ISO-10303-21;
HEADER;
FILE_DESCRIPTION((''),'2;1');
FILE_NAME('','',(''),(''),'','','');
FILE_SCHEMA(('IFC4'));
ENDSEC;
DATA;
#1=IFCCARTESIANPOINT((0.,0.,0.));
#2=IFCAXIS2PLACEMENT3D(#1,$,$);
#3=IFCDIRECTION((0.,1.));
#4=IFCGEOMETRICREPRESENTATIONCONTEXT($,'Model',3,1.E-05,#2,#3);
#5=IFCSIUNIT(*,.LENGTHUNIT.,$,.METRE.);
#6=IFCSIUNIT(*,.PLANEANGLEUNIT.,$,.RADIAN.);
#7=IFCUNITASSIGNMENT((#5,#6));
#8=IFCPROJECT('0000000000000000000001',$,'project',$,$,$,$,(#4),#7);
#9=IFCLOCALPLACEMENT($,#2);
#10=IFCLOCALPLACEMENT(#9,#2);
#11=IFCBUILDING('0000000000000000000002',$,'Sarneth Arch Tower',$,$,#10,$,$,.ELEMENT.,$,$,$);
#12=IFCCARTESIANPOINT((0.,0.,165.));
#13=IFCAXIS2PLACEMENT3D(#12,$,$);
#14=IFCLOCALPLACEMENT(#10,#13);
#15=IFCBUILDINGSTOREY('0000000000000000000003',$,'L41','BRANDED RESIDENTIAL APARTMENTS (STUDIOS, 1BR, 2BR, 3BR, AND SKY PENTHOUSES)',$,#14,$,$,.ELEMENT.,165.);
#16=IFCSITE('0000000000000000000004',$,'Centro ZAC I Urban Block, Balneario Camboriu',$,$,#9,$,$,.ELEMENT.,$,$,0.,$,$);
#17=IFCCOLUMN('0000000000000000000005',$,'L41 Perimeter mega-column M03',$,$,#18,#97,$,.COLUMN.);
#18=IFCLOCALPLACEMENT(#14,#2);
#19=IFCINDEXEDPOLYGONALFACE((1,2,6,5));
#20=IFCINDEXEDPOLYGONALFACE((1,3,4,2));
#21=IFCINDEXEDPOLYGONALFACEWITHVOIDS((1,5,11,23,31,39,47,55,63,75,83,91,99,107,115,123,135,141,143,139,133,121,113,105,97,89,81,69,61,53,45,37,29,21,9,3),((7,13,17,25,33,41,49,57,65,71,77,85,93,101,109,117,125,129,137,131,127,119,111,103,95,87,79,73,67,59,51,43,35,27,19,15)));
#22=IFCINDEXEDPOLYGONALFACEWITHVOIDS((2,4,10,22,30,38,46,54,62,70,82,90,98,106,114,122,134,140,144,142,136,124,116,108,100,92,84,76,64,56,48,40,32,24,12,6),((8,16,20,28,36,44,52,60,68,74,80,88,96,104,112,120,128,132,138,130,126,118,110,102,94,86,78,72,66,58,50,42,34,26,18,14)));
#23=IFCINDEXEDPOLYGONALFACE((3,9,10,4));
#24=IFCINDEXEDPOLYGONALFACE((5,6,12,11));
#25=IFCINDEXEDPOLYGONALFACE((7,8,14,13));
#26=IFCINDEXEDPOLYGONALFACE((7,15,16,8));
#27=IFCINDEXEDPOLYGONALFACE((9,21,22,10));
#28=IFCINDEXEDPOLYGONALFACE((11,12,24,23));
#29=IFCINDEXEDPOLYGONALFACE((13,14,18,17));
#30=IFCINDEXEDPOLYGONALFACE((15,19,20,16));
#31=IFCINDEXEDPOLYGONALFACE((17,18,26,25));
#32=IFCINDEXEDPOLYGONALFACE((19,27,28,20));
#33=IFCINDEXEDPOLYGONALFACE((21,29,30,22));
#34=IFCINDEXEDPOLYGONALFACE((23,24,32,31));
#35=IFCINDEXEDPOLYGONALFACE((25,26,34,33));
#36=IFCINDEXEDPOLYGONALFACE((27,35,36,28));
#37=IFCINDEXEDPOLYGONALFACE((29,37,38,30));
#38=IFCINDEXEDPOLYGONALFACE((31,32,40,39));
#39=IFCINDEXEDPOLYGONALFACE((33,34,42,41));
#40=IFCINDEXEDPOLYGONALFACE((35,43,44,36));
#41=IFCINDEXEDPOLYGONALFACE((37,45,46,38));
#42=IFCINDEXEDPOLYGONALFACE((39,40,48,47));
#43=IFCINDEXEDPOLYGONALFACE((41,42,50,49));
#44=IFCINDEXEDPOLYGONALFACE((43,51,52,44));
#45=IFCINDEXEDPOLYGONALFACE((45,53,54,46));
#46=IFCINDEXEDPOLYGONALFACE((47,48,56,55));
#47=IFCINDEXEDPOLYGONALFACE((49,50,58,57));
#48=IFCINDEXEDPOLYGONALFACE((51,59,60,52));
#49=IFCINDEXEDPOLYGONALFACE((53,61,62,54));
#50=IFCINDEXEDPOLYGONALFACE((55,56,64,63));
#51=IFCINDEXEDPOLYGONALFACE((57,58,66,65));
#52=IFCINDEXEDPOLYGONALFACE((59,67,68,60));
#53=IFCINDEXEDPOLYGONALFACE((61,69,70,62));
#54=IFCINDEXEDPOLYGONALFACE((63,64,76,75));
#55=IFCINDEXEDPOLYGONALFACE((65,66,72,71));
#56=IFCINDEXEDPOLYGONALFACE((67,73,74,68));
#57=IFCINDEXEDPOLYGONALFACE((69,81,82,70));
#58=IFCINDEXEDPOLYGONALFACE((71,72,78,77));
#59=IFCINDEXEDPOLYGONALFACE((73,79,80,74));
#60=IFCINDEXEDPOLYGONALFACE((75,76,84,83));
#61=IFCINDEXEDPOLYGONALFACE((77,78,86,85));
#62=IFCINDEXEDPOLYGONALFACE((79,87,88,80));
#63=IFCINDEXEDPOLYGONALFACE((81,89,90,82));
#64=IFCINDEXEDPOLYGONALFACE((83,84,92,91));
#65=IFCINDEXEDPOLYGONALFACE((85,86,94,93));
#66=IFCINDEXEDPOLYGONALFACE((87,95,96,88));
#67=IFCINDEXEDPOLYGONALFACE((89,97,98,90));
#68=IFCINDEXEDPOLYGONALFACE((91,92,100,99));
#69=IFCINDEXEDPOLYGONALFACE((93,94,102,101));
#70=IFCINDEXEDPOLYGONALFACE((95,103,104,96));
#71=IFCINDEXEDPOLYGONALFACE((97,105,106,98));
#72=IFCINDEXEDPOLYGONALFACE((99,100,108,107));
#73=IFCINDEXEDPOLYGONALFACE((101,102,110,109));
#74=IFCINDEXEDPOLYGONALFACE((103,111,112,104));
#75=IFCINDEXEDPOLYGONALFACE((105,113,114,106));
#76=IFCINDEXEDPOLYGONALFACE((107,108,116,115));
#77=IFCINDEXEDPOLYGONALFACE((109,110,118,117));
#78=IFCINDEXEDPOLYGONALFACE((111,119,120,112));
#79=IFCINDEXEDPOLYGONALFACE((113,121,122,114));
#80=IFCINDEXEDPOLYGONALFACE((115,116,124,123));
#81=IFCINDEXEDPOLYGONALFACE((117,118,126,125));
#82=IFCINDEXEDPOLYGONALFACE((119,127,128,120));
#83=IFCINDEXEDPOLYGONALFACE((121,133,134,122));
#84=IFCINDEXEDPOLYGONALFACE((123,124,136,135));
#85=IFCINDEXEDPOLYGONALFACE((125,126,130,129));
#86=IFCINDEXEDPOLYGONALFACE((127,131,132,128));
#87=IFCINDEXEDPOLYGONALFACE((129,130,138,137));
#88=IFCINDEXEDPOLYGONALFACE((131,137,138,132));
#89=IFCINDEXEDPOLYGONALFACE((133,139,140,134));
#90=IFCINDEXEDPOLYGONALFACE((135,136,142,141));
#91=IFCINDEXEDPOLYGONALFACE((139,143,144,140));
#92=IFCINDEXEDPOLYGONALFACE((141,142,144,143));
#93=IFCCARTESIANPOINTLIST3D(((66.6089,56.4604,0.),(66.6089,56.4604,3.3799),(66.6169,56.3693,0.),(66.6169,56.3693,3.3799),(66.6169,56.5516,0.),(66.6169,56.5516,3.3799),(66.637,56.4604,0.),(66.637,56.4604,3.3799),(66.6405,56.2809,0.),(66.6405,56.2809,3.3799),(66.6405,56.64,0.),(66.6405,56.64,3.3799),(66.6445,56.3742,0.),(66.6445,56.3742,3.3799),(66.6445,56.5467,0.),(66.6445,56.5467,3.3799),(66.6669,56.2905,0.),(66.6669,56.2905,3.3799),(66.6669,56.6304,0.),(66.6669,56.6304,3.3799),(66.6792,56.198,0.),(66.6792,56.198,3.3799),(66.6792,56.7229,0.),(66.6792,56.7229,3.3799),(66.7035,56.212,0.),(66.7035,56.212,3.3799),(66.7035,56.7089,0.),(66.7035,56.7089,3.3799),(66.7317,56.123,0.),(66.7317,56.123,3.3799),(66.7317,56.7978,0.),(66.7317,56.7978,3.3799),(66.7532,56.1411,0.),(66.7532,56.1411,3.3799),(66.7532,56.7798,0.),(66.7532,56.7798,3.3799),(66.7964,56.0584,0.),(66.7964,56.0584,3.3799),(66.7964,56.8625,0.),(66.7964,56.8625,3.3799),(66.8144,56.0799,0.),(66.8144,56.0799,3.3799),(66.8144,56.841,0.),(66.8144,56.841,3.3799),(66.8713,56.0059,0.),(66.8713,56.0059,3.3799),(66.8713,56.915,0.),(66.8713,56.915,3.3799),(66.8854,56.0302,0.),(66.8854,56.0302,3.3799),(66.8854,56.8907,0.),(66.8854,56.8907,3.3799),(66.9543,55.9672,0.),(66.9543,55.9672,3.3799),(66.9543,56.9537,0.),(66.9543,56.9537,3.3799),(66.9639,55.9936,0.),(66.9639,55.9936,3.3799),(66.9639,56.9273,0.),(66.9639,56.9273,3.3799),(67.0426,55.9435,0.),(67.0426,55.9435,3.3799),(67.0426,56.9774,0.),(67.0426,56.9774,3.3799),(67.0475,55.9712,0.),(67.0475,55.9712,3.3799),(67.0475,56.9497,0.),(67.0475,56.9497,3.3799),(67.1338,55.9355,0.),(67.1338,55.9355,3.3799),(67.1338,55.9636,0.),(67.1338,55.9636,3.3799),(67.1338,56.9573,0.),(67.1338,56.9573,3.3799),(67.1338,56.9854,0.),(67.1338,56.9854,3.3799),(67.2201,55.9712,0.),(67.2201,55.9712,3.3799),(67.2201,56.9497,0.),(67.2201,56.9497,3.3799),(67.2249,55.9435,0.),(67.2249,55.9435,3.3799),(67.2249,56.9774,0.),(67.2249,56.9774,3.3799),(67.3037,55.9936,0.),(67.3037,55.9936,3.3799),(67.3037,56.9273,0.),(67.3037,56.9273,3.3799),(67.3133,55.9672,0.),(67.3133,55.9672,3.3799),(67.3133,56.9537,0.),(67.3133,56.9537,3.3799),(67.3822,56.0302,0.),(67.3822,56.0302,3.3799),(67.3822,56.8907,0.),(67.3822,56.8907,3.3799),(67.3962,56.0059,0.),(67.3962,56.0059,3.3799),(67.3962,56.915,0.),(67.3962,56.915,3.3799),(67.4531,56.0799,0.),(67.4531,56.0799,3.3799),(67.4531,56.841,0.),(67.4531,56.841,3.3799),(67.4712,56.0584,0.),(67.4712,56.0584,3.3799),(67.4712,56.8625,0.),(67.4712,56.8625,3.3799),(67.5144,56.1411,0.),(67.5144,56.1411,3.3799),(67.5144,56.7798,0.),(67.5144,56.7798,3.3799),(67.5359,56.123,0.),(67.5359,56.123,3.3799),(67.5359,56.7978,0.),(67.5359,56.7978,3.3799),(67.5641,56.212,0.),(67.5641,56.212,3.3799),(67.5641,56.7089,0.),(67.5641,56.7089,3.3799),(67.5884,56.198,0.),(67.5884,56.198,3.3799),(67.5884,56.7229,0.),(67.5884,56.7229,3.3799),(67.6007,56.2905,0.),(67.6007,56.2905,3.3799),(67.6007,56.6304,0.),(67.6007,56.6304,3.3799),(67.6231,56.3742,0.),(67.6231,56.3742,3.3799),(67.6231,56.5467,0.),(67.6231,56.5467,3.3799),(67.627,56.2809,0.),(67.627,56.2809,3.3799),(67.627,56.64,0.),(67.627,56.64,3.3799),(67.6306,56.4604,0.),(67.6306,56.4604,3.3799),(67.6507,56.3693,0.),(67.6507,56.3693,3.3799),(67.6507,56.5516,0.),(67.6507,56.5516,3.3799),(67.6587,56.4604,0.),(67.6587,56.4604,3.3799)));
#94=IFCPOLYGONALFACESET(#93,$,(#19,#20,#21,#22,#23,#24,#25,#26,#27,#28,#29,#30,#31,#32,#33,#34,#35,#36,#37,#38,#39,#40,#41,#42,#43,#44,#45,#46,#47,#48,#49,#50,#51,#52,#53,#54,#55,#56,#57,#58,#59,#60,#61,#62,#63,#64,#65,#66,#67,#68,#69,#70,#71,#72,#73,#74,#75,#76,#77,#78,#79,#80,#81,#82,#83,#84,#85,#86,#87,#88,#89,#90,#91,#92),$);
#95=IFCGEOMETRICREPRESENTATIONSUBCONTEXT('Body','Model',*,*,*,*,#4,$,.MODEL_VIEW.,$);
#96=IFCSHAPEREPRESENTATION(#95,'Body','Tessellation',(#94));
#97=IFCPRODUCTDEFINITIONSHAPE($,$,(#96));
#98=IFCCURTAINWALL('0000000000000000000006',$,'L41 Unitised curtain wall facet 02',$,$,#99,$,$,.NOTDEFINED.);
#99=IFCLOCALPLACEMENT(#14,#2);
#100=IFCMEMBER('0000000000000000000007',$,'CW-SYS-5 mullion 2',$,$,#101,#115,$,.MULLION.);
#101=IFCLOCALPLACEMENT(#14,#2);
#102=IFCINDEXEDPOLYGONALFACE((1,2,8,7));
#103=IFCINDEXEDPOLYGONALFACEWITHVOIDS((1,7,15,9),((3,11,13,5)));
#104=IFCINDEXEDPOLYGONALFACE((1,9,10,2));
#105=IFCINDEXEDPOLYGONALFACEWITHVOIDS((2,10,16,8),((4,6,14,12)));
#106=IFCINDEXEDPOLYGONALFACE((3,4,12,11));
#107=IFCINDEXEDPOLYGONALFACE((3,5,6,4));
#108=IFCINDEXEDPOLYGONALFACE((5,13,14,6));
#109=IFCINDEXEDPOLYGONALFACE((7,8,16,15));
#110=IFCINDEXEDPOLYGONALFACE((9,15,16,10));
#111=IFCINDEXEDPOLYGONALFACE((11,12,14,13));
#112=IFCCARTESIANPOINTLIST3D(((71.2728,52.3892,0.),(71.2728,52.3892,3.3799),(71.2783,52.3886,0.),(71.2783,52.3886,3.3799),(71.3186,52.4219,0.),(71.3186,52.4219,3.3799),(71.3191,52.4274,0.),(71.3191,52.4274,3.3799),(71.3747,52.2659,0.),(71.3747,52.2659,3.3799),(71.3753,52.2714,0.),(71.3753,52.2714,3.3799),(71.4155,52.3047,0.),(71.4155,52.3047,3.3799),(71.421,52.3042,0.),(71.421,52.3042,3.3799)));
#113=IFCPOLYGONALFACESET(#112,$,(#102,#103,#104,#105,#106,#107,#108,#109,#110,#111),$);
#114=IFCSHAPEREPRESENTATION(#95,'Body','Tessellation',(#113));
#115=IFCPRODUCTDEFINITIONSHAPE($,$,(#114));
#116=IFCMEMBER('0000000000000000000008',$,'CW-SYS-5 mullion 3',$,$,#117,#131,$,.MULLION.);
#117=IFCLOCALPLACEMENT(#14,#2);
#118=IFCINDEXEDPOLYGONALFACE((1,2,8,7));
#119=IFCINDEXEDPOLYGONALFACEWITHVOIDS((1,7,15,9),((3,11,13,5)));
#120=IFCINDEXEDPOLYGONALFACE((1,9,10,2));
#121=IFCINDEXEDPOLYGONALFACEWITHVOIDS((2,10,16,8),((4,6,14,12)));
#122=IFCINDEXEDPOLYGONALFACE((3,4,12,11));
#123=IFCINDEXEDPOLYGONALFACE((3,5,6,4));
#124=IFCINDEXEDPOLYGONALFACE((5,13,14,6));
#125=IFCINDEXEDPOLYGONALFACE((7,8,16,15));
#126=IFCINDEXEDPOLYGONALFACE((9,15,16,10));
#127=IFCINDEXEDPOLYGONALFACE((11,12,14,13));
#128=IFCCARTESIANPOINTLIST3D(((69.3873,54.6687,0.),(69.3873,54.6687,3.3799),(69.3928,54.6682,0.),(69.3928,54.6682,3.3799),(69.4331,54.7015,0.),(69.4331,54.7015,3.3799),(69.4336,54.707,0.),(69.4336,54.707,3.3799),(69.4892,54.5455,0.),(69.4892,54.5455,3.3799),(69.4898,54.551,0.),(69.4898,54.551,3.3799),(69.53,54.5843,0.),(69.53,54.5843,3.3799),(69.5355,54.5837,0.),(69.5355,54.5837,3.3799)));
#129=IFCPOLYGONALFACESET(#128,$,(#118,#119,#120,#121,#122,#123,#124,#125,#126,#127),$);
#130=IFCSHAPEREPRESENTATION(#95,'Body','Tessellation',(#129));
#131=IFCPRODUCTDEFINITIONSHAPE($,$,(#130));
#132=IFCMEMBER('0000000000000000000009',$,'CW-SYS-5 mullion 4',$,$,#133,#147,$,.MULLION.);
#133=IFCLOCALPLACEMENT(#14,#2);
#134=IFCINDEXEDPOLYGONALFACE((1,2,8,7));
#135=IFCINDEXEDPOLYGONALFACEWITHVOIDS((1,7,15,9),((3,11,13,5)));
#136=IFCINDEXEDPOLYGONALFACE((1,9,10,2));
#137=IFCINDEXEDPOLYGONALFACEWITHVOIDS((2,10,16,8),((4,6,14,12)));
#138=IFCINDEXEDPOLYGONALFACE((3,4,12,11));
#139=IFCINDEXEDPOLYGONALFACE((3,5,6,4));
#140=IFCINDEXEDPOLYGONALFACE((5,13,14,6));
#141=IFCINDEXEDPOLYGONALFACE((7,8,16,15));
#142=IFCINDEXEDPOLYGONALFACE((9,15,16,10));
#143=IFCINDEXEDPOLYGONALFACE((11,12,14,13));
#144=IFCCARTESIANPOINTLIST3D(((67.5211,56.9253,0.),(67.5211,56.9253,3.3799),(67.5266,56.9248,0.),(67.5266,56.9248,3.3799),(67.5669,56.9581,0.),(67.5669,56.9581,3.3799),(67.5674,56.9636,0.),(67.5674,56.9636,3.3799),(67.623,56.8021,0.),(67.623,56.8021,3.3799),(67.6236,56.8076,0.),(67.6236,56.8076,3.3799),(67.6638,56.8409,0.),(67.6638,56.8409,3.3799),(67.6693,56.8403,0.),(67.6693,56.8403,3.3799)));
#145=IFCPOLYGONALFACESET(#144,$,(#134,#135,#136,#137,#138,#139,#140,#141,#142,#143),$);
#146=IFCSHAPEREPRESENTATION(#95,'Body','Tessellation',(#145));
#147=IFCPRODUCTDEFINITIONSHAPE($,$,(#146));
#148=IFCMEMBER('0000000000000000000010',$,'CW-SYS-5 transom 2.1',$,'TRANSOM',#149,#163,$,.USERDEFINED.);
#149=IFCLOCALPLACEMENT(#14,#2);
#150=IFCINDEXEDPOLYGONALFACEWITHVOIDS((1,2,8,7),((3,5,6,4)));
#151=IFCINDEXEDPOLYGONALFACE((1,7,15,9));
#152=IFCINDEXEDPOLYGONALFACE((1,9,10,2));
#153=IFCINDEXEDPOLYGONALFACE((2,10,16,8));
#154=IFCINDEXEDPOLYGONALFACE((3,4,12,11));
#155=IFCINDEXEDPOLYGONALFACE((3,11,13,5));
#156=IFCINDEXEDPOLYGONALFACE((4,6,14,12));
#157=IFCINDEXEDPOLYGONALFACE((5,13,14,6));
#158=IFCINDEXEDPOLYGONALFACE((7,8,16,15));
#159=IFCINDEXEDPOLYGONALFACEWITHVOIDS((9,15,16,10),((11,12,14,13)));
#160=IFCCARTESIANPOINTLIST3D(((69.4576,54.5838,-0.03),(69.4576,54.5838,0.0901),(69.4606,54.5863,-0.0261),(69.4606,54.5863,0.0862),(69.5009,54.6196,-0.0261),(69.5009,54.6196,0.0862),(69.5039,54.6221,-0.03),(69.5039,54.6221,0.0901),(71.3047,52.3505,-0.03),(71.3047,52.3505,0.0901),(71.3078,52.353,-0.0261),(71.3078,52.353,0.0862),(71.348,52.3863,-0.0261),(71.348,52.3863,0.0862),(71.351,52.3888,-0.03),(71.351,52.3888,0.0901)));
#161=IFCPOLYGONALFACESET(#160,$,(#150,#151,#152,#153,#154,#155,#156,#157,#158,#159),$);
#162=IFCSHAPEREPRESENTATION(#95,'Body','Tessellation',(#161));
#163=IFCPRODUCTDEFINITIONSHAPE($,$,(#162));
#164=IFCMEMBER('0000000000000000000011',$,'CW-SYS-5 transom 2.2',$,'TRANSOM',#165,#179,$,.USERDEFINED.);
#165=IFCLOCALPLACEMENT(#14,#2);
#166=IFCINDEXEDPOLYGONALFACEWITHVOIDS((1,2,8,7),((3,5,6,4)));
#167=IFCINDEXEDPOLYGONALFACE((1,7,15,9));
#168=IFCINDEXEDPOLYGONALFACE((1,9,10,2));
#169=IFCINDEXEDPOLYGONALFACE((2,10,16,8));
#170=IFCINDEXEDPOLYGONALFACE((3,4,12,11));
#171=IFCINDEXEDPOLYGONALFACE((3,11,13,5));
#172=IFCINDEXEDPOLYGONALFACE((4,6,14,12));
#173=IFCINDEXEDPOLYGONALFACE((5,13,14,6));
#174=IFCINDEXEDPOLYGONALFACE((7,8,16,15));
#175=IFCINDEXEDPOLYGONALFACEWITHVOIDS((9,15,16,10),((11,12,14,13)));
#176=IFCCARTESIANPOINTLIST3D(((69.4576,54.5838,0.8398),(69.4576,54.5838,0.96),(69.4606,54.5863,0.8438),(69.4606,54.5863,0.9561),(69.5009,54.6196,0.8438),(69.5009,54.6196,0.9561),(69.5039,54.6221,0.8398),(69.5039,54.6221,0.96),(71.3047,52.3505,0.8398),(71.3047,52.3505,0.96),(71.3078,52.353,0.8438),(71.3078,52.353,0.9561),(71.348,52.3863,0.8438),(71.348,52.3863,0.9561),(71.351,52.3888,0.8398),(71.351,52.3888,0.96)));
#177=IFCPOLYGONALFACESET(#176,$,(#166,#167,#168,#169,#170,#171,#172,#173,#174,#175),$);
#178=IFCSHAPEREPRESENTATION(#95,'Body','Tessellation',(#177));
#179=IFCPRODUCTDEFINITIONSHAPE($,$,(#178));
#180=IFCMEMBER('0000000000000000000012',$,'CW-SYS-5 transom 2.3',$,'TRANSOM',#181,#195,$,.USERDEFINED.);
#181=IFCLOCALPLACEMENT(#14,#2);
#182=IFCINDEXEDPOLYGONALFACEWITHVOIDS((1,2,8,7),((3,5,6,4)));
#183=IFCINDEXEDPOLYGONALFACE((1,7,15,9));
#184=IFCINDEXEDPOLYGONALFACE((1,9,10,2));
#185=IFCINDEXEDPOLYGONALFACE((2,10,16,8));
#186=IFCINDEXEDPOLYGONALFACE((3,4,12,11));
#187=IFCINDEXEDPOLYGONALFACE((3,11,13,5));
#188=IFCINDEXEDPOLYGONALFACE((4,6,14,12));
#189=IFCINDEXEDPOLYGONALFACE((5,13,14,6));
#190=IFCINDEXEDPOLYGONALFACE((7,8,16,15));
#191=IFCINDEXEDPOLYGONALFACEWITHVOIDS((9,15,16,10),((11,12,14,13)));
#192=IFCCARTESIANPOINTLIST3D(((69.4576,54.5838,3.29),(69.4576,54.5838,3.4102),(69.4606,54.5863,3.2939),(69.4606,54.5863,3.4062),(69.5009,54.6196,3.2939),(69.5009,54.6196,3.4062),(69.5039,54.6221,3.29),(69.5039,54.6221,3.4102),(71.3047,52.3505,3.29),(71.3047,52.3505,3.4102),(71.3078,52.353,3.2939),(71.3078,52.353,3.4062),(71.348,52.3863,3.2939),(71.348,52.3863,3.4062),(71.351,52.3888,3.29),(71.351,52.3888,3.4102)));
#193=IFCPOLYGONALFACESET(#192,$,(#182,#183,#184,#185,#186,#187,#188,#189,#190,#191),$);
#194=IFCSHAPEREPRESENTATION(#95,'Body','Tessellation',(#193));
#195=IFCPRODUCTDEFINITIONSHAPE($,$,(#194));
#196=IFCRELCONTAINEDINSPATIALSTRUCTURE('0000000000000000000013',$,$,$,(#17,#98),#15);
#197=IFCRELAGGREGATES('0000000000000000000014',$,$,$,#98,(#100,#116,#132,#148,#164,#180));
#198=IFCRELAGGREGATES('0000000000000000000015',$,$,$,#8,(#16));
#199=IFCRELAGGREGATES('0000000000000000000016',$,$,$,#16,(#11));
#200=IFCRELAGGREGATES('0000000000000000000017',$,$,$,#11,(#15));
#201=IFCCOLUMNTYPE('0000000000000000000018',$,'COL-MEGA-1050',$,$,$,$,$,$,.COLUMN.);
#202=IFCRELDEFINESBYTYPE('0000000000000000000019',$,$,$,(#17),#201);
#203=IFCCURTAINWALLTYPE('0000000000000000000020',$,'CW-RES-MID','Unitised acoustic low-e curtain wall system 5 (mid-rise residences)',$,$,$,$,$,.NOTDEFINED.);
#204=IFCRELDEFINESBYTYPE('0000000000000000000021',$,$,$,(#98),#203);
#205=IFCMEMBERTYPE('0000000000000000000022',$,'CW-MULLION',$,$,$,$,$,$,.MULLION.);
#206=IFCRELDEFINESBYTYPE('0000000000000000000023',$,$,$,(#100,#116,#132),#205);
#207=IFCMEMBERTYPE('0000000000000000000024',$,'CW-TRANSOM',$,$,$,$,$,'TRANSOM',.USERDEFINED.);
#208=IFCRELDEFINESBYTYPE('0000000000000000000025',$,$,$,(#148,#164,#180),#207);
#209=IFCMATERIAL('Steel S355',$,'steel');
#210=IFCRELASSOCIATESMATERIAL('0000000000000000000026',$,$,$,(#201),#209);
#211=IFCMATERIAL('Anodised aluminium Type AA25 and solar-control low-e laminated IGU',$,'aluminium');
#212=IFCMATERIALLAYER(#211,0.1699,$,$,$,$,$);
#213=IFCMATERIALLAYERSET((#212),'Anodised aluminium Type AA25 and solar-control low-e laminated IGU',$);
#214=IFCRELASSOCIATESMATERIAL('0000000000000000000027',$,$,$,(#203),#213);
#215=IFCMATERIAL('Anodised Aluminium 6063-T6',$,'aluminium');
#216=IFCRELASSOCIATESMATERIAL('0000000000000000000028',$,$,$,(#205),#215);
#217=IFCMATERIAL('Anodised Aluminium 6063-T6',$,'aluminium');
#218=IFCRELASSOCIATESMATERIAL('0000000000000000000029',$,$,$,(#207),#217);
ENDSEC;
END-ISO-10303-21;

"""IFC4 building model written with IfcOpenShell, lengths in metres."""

from ifc_helpers import new_model, si_unit, direction, frame, origin, origin_2d, place, context, subcontext, project, spatial, hollow_rectangle, hollow_circle, extrude, material, layer, layer_set, material_profile, profile_set, type_object, element, aggregate, save


model = new_model("IFC4")

# Units and contexts
model_context = context("Model", 3, precision=1e-05, world=origin(), true_north=direction((0.0, 1.0)))
body_context = subcontext(model_context, "Body", "Model", "MODEL_VIEW")
ifc_project = project(units=[si_unit("LENGTHUNIT", "METRE"), si_unit("PLANEANGLEUNIT", "RADIAN")], contexts=[model_context])

# Site, building, storey
site_placement = place(None, origin())
site = spatial("IfcSite", under=ifc_project, at=site_placement, Name="Centro ZAC I Urban Block, Balneario Camboriu", CompositionType="ELEMENT", RefElevation=0.0)
building_placement = place(site_placement, origin())
building = spatial("IfcBuilding", under=site, at=building_placement, Name="Sarneth Arch Tower", CompositionType="ELEMENT")
storey_placement = place(building_placement, frame((0.0, 0.0, 165.0)))
storey = spatial("IfcBuildingStorey", under=building, at=storey_placement, Name="L41", Description="BRANDED RESIDENTIAL APARTMENTS (STUDIOS, 1BR, 2BR, 3BR, AND SKY PENTHOUSES)", CompositionType="ELEMENT", Elevation=165.0)

# Column
ifc_material_1 = material(Name="Steel S355", Category="steel")
ifc_material_profile_1 = material_profile(ifc_material_1, hollow_circle(Radius=0.5249, WallThickness=0.0281, at=origin_2d()), Name="CHS1050x28")
ifc_profile_set_1 = profile_set([ifc_material_profile_1], Name="Steel S355")
column_type = type_object("IfcColumnType", Name="COL-MEGA-1050", PredefinedType="COLUMN", material=ifc_profile_set_1)
column_placement = place(storey_placement, frame((67.1338, 56.4604, 0.0), z_axis=(0.0, 0.0, 1.0), x_axis=(1.0, 0.0, 0.0)))
element("IfcColumn", 1, at=column_placement, inside=storey, type_object=column_type, Name="L41 Perimeter mega-column M03", PredefinedType="COLUMN", context=body_context, shape_type="SweptSolid", body=[
    extrude(hollow_circle(Radius=0.5249, WallThickness=0.0281, at=origin_2d()), origin(), (0.0, 0.0, 1.0), 3.3799),
])

# Curtain wall, members
ifc_material_2 = material(Name="Anodised aluminium Type AA25 and solar-control low-e laminated IGU", Category="aluminium")
ifc_layer_1 = layer(ifc_material_2, 0.1699)
ifc_layer_set_1 = layer_set([ifc_layer_1], Name="Anodised aluminium Type AA25 and solar-control low-e laminated IGU")
curtain_wall_type = type_object("IfcCurtainWallType", Name="CW-RES-MID", Description="Unitised acoustic low-e curtain wall system 5 (mid-rise residences)", PredefinedType="NOTDEFINED", material=ifc_layer_set_1)
curtain_wall_placement = place(storey_placement, origin())
curtain_wall = element("IfcCurtainWall", 2, at=curtain_wall_placement, inside=storey, type_object=curtain_wall_type, Name="L41 Unitised curtain wall facet 02", PredefinedType="NOTDEFINED")
ifc_material_3 = material(Name="Anodised Aluminium 6063-T6", Category="aluminium")
ifc_material_profile_2 = material_profile(ifc_material_3, hollow_rectangle(XDim=0.0601, YDim=0.1599, WallThickness=0.0039, at=origin_2d()), Name="AL-MULL-160x60x4")
ifc_profile_set_2 = profile_set([ifc_material_profile_2], Name="Anodised Aluminium 6063-T6")
member_type_1 = type_object("IfcMemberType", Name="CW-MULLION", PredefinedType="MULLION", material=ifc_profile_set_2)
member_1_placement = place(storey_placement, frame((71.3469, 52.3467, 0.0), z_axis=(0.0, 0.0, 1.0), x_axis=(-0.770591, -0.63733, 0.0)))
member_1 = element("IfcMember", 3, at=member_1_placement, type_object=member_type_1, Name="CW-SYS-5 mullion 2", PredefinedType="MULLION", context=body_context, shape_type="SweptSolid", body=[
    extrude(hollow_rectangle(XDim=0.0601, YDim=0.1599, WallThickness=0.0039, at=origin_2d()), origin(), (0.0, 0.0, 1.0), 3.3799),
])
member_2_placement = place(storey_placement, frame((69.4614, 54.6262, 0.0), z_axis=(0.0, 0.0, 1.0), x_axis=(-0.770591, -0.63733, 0.0)))
member_2 = element("IfcMember", 4, at=member_2_placement, type_object=member_type_1, Name="CW-SYS-5 mullion 3", PredefinedType="MULLION", context=body_context, shape_type="SweptSolid", body=[
    extrude(hollow_rectangle(XDim=0.0601, YDim=0.1599, WallThickness=0.0039, at=origin_2d()), origin(), (0.0, 0.0, 1.0), 3.3799),
])
member_3_placement = place(storey_placement, frame((67.5952, 56.8828, 0.0), z_axis=(0.0, 0.0, 1.0), x_axis=(-0.770591, -0.63733, 0.0)))
member_3 = element("IfcMember", 5, at=member_3_placement, type_object=member_type_1, Name="CW-SYS-5 mullion 4", PredefinedType="MULLION", context=body_context, shape_type="SweptSolid", body=[
    extrude(hollow_rectangle(XDim=0.0601, YDim=0.1599, WallThickness=0.0039, at=origin_2d()), origin(), (0.0, 0.0, 1.0), 3.3799),
])
ifc_material_4 = material(Name="Anodised Aluminium 6063-T6", Category="aluminium")
ifc_material_profile_3 = material_profile(ifc_material_4, hollow_rectangle(XDim=0.0601, YDim=0.1201, WallThickness=0.0039, at=origin_2d()), Name="AL-TRAN-120x60x4")
ifc_profile_set_3 = profile_set([ifc_material_profile_3], Name="Anodised Aluminium 6063-T6")
member_type_2 = type_object("IfcMemberType", Name="CW-TRANSOM", ElementType="TRANSOM", PredefinedType="USERDEFINED", material=ifc_profile_set_3)
member_4_placement = place(storey_placement, frame((71.3279, 52.3696, 0.03), z_axis=(-0.63733, 0.770591, 0.0), x_axis=(-0.770591, -0.63733, 0.0)))
member_4 = element("IfcMember", 6, at=member_4_placement, type_object=member_type_2, Name="CW-SYS-5 transom 2.1", ObjectType="TRANSOM", PredefinedType="USERDEFINED", context=body_context, shape_type="SweptSolid", body=[
    extrude(hollow_rectangle(XDim=0.0601, YDim=0.1201, WallThickness=0.0039, at=origin_2d()), origin(), (0.0, 0.0, 1.0), 2.8982),
])
member_5_placement = place(storey_placement, frame((71.3279, 52.3696, 0.8999), z_axis=(-0.63733, 0.770591, 0.0), x_axis=(-0.770591, -0.63733, 0.0)))
member_5 = element("IfcMember", 7, at=member_5_placement, type_object=member_type_2, Name="CW-SYS-5 transom 2.2", ObjectType="TRANSOM", PredefinedType="USERDEFINED", context=body_context, shape_type="SweptSolid", body=[
    extrude(hollow_rectangle(XDim=0.0601, YDim=0.1201, WallThickness=0.0039, at=origin_2d()), origin(), (0.0, 0.0, 1.0), 2.8982),
])
member_6_placement = place(storey_placement, frame((71.3279, 52.3696, 3.3501), z_axis=(-0.63733, 0.770591, 0.0), x_axis=(-0.770591, -0.63733, 0.0)))
member_6 = element("IfcMember", 8, at=member_6_placement, type_object=member_type_2, Name="CW-SYS-5 transom 2.3", ObjectType="TRANSOM", PredefinedType="USERDEFINED", context=body_context, shape_type="SweptSolid", body=[
    extrude(hollow_rectangle(XDim=0.0601, YDim=0.1201, WallThickness=0.0039, at=origin_2d()), origin(), (0.0, 0.0, 1.0), 2.8982),
])

aggregate(curtain_wall, [member_1, member_2, member_3, member_4, member_5, member_6])

save(model, "model.ifc")
